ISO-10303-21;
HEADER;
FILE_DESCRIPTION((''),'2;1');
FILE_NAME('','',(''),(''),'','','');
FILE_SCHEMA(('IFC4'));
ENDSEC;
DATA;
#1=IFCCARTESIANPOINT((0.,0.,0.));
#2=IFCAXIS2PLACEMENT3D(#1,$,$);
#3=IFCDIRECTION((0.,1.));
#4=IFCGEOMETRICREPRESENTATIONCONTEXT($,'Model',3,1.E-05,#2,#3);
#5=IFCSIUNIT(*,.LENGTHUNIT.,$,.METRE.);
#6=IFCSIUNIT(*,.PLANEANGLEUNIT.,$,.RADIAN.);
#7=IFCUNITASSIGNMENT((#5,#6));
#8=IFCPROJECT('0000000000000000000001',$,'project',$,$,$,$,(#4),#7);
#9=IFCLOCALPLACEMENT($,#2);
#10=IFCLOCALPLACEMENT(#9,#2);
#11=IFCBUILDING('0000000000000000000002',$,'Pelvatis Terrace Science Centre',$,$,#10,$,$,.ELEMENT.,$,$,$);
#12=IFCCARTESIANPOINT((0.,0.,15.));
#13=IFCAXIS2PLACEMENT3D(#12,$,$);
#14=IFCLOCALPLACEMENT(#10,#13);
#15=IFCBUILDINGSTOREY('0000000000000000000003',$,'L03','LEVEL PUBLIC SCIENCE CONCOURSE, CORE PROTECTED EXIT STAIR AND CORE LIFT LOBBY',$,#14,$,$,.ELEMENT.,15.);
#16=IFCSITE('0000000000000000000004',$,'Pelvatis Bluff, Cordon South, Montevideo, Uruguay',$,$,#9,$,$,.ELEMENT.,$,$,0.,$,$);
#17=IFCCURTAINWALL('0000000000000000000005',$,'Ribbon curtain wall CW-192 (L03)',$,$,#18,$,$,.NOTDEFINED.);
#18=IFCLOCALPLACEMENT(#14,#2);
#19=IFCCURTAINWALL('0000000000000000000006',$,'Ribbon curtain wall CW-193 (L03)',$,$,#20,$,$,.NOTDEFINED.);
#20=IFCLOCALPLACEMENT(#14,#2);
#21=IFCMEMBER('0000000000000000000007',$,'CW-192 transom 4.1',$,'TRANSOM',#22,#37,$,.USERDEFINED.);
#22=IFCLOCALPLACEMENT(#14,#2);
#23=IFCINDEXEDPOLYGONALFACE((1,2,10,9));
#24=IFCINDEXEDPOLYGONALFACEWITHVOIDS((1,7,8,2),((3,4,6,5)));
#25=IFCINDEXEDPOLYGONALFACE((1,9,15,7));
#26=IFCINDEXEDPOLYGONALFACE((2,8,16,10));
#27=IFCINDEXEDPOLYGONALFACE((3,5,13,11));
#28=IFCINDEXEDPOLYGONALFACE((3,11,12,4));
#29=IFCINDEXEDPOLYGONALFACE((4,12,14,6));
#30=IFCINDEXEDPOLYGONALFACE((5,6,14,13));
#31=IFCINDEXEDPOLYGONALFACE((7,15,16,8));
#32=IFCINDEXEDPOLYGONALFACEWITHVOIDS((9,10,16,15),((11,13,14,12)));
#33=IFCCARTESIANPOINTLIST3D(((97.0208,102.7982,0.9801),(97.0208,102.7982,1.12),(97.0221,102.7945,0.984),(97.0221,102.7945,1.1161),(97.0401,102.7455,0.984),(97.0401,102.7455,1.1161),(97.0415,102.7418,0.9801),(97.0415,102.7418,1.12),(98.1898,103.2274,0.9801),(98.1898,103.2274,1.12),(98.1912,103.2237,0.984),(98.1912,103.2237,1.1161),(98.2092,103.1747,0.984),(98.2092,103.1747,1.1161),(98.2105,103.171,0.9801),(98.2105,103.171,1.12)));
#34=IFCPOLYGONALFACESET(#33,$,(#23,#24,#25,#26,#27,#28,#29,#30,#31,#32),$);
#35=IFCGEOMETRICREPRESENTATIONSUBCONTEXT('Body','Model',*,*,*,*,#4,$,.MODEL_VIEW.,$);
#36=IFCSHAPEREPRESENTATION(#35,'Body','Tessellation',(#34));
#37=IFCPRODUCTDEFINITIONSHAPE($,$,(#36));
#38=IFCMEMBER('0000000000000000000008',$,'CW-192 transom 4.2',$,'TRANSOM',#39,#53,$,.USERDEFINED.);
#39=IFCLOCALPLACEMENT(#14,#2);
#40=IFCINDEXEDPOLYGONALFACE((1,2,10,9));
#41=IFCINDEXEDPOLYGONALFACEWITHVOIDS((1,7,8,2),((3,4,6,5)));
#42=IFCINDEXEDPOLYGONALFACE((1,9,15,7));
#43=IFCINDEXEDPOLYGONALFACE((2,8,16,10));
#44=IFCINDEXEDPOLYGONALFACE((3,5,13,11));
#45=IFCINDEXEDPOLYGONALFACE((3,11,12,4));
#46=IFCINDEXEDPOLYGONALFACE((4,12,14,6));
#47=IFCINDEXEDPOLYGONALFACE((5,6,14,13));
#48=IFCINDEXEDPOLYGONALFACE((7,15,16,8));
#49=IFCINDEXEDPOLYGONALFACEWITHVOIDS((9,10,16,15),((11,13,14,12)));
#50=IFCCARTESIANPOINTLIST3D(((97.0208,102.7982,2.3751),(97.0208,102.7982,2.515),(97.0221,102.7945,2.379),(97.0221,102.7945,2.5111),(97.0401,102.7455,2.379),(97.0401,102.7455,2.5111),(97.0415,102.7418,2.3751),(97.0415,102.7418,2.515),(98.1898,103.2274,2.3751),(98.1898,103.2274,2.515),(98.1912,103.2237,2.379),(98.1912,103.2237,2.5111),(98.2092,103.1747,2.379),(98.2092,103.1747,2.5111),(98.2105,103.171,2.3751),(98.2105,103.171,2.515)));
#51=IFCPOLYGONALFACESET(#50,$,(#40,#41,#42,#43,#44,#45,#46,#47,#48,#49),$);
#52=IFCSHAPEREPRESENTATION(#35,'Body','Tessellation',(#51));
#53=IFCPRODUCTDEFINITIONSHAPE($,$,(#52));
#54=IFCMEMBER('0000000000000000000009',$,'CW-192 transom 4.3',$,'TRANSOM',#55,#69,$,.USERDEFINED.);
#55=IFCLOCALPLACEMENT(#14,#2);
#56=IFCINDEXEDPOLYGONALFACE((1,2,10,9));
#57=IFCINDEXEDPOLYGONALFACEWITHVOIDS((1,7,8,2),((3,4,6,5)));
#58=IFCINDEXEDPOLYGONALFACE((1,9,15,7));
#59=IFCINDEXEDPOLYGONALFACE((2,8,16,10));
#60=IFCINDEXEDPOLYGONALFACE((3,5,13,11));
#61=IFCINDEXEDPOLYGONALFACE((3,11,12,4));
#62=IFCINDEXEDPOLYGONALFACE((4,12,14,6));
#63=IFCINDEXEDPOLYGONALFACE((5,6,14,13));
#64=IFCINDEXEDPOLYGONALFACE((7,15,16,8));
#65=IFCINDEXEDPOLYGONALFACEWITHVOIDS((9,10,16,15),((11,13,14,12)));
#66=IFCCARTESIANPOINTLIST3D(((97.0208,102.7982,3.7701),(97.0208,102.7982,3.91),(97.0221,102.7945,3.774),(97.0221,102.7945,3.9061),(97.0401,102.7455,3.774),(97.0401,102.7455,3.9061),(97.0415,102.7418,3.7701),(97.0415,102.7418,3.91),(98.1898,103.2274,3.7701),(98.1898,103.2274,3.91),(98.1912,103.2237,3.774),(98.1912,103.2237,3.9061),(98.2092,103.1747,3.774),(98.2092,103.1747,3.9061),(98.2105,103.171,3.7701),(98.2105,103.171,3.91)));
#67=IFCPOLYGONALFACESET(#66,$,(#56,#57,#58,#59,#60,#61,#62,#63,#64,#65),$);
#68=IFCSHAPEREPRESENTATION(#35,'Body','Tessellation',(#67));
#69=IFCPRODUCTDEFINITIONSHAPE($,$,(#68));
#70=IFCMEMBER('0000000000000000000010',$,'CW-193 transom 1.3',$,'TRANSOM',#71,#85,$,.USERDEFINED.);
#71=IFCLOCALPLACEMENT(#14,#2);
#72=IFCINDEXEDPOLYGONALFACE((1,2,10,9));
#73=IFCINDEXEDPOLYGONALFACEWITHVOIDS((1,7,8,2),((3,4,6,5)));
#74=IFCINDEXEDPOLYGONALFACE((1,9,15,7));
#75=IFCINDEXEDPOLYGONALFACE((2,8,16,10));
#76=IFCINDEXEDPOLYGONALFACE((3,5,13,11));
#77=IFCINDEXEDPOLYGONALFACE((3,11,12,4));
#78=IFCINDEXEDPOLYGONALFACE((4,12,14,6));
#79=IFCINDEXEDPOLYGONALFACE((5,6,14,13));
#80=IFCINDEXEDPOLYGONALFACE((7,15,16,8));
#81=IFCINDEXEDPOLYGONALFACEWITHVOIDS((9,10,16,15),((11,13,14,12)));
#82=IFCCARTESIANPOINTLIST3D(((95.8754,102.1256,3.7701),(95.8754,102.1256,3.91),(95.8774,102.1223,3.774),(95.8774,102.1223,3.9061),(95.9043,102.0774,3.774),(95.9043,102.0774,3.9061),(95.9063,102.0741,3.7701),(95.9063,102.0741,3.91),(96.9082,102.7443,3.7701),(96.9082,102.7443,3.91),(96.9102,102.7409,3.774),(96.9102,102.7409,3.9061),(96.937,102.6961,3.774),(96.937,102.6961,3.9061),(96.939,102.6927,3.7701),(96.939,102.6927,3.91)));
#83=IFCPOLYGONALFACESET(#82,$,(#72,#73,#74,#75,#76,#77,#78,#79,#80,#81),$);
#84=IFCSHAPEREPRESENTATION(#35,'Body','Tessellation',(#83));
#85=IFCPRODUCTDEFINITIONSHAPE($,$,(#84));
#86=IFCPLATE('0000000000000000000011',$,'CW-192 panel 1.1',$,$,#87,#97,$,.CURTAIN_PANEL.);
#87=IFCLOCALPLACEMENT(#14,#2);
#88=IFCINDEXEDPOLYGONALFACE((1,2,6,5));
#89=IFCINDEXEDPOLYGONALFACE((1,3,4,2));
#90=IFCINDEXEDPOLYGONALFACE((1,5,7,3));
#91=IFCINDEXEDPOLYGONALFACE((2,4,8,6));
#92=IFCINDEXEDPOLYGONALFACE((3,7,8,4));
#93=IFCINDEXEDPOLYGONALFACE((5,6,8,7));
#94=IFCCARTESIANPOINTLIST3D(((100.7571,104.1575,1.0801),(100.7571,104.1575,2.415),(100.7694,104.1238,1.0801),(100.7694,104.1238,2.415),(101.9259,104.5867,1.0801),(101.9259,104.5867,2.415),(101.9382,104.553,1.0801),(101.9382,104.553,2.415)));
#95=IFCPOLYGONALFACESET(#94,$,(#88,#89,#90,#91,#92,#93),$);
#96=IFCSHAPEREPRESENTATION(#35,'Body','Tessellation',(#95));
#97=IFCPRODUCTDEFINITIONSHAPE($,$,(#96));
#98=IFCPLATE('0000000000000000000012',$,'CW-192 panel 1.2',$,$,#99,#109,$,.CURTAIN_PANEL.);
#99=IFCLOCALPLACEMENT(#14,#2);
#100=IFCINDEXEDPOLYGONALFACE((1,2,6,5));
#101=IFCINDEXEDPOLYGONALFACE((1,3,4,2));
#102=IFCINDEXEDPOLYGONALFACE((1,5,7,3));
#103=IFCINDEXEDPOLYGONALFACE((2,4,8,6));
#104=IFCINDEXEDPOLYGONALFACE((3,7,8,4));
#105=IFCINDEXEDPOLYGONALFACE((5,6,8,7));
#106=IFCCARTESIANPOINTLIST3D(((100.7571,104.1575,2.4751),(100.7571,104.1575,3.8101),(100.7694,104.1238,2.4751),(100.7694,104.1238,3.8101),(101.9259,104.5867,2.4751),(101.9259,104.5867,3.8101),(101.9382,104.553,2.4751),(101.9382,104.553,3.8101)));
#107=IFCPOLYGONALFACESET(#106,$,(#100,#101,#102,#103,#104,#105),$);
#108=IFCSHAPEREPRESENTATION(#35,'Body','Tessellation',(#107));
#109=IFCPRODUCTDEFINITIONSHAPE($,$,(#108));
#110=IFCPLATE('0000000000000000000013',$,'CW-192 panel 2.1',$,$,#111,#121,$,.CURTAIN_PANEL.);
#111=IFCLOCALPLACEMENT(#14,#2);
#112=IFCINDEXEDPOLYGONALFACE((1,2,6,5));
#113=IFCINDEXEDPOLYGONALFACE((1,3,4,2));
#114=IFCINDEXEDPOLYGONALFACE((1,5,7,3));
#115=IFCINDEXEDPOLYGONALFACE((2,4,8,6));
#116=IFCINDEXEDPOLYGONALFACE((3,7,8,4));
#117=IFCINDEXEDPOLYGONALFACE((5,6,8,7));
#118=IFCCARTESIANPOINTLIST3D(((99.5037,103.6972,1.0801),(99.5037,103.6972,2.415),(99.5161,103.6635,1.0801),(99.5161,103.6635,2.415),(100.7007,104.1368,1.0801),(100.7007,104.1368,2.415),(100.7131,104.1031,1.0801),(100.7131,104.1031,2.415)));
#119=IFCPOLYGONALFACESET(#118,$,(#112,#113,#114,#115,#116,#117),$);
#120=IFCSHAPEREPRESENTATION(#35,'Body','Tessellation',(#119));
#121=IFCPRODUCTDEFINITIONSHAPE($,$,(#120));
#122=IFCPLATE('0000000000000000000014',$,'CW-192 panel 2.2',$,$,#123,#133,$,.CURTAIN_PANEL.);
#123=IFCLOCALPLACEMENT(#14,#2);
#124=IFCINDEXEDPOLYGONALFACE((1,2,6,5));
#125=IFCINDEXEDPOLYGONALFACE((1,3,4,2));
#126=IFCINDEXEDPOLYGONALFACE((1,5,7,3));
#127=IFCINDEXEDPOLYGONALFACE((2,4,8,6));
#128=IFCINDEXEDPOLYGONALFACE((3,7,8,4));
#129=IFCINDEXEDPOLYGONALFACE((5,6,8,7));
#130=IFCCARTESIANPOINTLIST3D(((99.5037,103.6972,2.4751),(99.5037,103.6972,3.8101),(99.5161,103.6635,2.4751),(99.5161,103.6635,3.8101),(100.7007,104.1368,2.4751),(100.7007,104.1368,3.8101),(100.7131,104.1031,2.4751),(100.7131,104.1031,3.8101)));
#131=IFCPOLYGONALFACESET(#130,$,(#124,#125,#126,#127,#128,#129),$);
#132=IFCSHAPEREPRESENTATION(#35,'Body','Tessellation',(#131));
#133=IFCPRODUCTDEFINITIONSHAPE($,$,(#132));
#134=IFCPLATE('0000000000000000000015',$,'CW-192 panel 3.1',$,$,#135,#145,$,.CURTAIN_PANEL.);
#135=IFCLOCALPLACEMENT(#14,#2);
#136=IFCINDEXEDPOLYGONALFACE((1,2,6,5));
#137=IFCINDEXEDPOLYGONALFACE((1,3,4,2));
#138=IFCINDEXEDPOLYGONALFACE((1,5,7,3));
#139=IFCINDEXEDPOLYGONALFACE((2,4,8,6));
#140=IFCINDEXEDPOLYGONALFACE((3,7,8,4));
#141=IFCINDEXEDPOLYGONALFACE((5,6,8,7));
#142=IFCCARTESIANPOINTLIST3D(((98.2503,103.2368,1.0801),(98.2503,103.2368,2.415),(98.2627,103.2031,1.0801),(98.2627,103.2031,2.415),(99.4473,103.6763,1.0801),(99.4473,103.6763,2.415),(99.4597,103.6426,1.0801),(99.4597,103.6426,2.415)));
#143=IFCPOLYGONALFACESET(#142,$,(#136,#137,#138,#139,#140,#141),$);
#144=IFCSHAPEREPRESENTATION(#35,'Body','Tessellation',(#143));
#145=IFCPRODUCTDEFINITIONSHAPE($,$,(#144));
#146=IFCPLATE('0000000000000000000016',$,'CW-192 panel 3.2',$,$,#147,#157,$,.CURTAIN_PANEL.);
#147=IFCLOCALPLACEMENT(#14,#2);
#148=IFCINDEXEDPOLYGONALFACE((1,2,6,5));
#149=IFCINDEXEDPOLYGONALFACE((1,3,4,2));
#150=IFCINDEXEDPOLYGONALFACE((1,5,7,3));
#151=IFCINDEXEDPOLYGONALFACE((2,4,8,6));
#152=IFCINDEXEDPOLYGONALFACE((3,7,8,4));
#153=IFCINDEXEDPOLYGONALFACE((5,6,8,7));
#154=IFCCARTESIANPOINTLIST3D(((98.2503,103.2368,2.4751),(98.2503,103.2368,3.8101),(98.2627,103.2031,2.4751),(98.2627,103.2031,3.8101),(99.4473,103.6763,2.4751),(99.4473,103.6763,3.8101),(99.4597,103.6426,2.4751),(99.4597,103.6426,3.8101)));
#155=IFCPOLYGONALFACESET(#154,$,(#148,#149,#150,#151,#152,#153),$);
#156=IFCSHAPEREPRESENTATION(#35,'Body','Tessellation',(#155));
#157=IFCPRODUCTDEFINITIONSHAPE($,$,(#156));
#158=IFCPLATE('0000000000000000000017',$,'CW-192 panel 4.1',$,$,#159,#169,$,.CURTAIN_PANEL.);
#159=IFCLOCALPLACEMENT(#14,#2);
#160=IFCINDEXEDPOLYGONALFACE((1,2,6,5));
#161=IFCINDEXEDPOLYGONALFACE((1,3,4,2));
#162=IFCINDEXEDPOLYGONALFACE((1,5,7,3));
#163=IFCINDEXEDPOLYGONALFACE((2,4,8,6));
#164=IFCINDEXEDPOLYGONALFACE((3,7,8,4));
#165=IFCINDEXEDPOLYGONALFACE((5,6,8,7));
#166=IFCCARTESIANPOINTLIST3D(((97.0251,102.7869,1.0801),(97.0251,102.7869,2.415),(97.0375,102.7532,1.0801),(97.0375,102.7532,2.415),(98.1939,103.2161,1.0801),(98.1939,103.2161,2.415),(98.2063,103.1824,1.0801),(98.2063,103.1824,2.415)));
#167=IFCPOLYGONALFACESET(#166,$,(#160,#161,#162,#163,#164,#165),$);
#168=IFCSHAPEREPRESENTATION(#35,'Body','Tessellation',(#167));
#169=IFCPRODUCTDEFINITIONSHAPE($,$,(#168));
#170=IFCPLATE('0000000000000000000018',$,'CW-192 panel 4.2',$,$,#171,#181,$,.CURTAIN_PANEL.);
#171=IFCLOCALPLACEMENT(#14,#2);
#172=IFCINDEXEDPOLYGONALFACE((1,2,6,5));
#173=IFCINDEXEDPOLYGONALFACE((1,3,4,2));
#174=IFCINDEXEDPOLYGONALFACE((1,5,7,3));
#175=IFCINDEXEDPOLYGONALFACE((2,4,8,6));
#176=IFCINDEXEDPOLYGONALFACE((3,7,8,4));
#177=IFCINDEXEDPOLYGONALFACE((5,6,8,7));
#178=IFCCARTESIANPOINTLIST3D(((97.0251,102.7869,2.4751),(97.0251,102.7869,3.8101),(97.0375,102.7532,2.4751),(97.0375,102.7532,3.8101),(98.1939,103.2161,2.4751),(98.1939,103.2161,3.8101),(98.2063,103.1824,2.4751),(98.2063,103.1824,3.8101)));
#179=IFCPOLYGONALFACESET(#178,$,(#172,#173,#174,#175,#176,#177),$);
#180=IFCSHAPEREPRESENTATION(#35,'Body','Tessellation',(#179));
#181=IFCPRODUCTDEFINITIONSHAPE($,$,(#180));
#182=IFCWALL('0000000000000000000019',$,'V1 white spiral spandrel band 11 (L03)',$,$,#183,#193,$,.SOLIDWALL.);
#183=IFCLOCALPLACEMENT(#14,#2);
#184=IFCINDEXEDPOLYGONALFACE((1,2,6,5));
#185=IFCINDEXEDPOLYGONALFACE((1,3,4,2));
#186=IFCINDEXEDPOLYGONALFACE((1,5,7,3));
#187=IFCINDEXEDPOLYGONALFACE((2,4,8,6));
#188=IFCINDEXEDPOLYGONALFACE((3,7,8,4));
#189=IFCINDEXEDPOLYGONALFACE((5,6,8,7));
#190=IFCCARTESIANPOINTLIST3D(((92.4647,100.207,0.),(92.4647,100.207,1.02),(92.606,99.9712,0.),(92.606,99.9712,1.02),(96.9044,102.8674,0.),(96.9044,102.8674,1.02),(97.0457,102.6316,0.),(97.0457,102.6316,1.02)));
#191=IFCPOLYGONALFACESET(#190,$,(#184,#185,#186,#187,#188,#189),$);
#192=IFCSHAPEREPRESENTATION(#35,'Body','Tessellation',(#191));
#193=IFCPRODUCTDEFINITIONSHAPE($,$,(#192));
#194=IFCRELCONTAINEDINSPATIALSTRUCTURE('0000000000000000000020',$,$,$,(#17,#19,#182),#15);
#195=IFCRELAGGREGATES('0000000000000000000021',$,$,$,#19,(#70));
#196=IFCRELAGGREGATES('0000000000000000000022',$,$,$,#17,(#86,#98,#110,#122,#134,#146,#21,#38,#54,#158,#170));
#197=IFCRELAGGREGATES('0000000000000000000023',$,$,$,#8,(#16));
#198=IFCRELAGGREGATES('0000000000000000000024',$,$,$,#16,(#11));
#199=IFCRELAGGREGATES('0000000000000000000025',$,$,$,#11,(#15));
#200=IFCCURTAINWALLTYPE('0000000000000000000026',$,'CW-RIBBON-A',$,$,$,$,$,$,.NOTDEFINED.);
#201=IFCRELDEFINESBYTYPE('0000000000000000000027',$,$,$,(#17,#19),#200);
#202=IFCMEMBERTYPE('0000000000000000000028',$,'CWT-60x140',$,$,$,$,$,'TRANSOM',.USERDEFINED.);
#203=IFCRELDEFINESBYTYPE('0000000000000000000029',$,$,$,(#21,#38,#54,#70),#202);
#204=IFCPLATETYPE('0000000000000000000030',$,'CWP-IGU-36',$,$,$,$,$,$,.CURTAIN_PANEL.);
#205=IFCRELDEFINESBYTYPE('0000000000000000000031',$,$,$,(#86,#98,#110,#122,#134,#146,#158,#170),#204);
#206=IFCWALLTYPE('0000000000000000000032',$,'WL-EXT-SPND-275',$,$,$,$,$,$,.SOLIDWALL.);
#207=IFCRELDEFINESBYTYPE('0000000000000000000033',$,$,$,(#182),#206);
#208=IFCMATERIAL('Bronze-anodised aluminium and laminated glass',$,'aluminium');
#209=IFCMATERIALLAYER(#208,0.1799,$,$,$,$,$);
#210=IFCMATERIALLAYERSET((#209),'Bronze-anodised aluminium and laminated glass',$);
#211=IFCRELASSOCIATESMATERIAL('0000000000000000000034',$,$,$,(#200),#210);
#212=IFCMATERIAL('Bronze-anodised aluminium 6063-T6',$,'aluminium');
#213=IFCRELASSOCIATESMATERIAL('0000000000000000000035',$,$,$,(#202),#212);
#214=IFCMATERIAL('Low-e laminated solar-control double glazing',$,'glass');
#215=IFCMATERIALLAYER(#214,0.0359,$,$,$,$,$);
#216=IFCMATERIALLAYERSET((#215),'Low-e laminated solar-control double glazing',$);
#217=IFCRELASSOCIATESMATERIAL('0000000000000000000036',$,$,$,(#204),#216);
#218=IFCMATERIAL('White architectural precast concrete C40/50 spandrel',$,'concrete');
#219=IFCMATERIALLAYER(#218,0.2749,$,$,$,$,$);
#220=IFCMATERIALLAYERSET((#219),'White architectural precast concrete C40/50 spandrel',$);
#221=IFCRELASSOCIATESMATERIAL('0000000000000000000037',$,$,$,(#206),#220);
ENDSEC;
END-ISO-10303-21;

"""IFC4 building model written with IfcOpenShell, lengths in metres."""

from ifc_helpers import new_model, si_unit, direction, frame, frame_2d, origin, origin_2d, place, context, subcontext, project, spatial, rectangle, hollow_rectangle, extrude, material, layer, layer_set, material_profile, profile_set, type_object, element, aggregate, save


model = new_model("IFC4")

# Units and contexts
model_context = context("Model", 3, precision=1e-05, world=origin(), true_north=direction((0.0, 1.0)))
body_context = subcontext(model_context, "Body", "Model", "MODEL_VIEW")
ifc_project = project(units=[si_unit("LENGTHUNIT", "METRE"), si_unit("PLANEANGLEUNIT", "RADIAN")], contexts=[model_context])

# Site, building, storey
site_placement = place(None, origin())
site = spatial("IfcSite", under=ifc_project, at=site_placement, Name="Pelvatis Bluff, Cordon South, Montevideo, Uruguay", CompositionType="ELEMENT", RefElevation=0.0)
building_placement = place(site_placement, origin())
building = spatial("IfcBuilding", under=site, at=building_placement, Name="Pelvatis Terrace Science Centre", CompositionType="ELEMENT")
storey_placement = place(building_placement, frame((0.0, 0.0, 15.0)))
storey = spatial("IfcBuildingStorey", under=building, at=storey_placement, Name="L03", Description="LEVEL PUBLIC SCIENCE CONCOURSE, CORE PROTECTED EXIT STAIR AND CORE LIFT LOBBY", CompositionType="ELEMENT", Elevation=15.0)

# Curtain wall
ifc_material_1 = material(Name="Bronze-anodised aluminium and laminated glass", Category="aluminium")
ifc_layer_1 = layer(ifc_material_1, 0.1799)
ifc_layer_set_1 = layer_set([ifc_layer_1], Name="Bronze-anodised aluminium and laminated glass")
curtain_wall_type = type_object("IfcCurtainWallType", Name="CW-RIBBON-A", PredefinedType="NOTDEFINED", material=ifc_layer_set_1)
curtain_wall_1_placement = place(storey_placement, origin())
curtain_wall_1 = element("IfcCurtainWall", 1, at=curtain_wall_1_placement, inside=storey, type_object=curtain_wall_type, Name="Ribbon curtain wall CW-192 (L03)", PredefinedType="NOTDEFINED")

# Curtain wall
curtain_wall_2_placement = place(storey_placement, origin())
curtain_wall_2 = element("IfcCurtainWall", 2, at=curtain_wall_2_placement, inside=storey, type_object=curtain_wall_type, Name="Ribbon curtain wall CW-193 (L03)", PredefinedType="NOTDEFINED")

# Members
ifc_material_2 = material(Name="Bronze-anodised aluminium 6063-T6", Category="aluminium")
ifc_material_profile_1 = material_profile(ifc_material_2, hollow_rectangle(XDim=0.0601, YDim=0.1399, WallThickness=0.0039, at=origin_2d()), Name="ALU-TRN 60x140")
ifc_profile_set_1 = profile_set([ifc_material_profile_1], Name="Bronze-anodised aluminium 6063-T6")
member_type_1 = type_object("IfcMemberType", Name="CWT-60x140", ElementType="TRANSOM", PredefinedType="USERDEFINED", material=ifc_profile_set_1)
member_1_placement = place(storey_placement, frame((98.2002, 103.1992, 1.05), z_axis=(-0.938724, -0.344669, 0.0), x_axis=(0.344669, -0.938724, 0.0)))
member_1 = element("IfcMember", 3, at=member_1_placement, type_object=member_type_1, Name="CW-192 transom 4.1", ObjectType="TRANSOM", PredefinedType="USERDEFINED", context=body_context, shape_type="SweptSolid", body=[
    extrude(hollow_rectangle(XDim=0.0601, YDim=0.1399, WallThickness=0.0039, at=origin_2d()), origin(), (0.0, 0.0, 1.0), 1.2454),
])
member_2_placement = place(storey_placement, frame((98.2002, 103.1992, 2.4451), z_axis=(-0.938724, -0.344669, 0.0), x_axis=(0.344669, -0.938724, 0.0)))
member_2 = element("IfcMember", 4, at=member_2_placement, type_object=member_type_1, Name="CW-192 transom 4.2", ObjectType="TRANSOM", PredefinedType="USERDEFINED", context=body_context, shape_type="SweptSolid", body=[
    extrude(hollow_rectangle(XDim=0.0601, YDim=0.1399, WallThickness=0.0039, at=origin_2d()), origin(), (0.0, 0.0, 1.0), 1.2454),
])
member_3_placement = place(storey_placement, frame((98.2002, 103.1992, 3.8401), z_axis=(-0.938724, -0.344669, 0.0), x_axis=(0.344669, -0.938724, 0.0)))
member_3 = element("IfcMember", 5, at=member_3_placement, type_object=member_type_1, Name="CW-192 transom 4.3", ObjectType="TRANSOM", PredefinedType="USERDEFINED", context=body_context, shape_type="SweptSolid", body=[
    extrude(hollow_rectangle(XDim=0.0601, YDim=0.1399, WallThickness=0.0039, at=origin_2d()), origin(), (0.0, 0.0, 1.0), 1.2454),
])
member_4_placement = place(storey_placement, frame((96.9236, 102.7185, 3.8401), z_axis=(-0.857851, -0.513899, 0.0), x_axis=(0.513899, -0.857851, 0.0)))
member_4 = element("IfcMember", 6, at=member_4_placement, type_object=member_type_1, Name="CW-193 transom 1.3", ObjectType="TRANSOM", PredefinedType="USERDEFINED", context=body_context, shape_type="SweptSolid", body=[
    extrude(hollow_rectangle(XDim=0.0601, YDim=0.1399, WallThickness=0.0039, at=origin_2d()), origin(), (0.0, 0.0, 1.0), 1.2039),
])
aggregate(curtain_wall_2, [member_4])

# Plates
ifc_material_3 = material(Name="Low-e laminated solar-control double glazing", Category="glass")
ifc_layer_2 = layer(ifc_material_3, 0.0359)
ifc_layer_set_2 = layer_set([ifc_layer_2], Name="Low-e laminated solar-control double glazing")
plate_type = type_object("IfcPlateType", Name="CWP-IGU-36", PredefinedType="CURTAIN_PANEL", material=ifc_layer_set_2)
plate_1_placement = place(storey_placement, frame((101.3477, 104.3552, 1.0801), z_axis=(0.0, 0.0, 1.0), x_axis=(-0.938707, -0.344715, 0.0)))
plate_1 = element("IfcPlate", 7, at=plate_1_placement, type_object=plate_type, Name="CW-192 panel 1.1", PredefinedType="CURTAIN_PANEL", context=body_context, shape_type="SweptSolid", body=[
    extrude(rectangle(XDim=1.2451, YDim=0.0359, at=origin_2d()), origin(), (0.0, 0.0, 1.0), 1.335),
])
plate_2_placement = place(storey_placement, frame((101.3477, 104.3552, 2.4751), z_axis=(0.0, 0.0, 1.0), x_axis=(-0.938707, -0.344715, 0.0)))
plate_2 = element("IfcPlate", 8, at=plate_2_placement, type_object=plate_type, Name="CW-192 panel 1.2", PredefinedType="CURTAIN_PANEL", context=body_context, shape_type="SweptSolid", body=[
    extrude(rectangle(XDim=1.2451, YDim=0.0359, at=origin_2d()), origin(), (0.0, 0.0, 1.0), 1.335),
])
plate_3_placement = place(storey_placement, frame((100.1084, 103.9001, 1.0801), z_axis=(0.0, 0.0, 1.0), x_axis=(-0.938707, -0.344715, 0.0)))
plate_3 = element("IfcPlate", 9, at=plate_3_placement, type_object=plate_type, Name="CW-192 panel 2.1", PredefinedType="CURTAIN_PANEL", context=body_context, shape_type="SweptSolid", body=[
    extrude(rectangle(XDim=1.2751, YDim=0.0359, at=origin_2d()), origin(), (0.0, 0.0, 1.0), 1.335),
])
plate_4_placement = place(storey_placement, frame((100.1084, 103.9001, 2.4751), z_axis=(0.0, 0.0, 1.0), x_axis=(-0.938707, -0.344715, 0.0)))
plate_4 = element("IfcPlate", 10, at=plate_4_placement, type_object=plate_type, Name="CW-192 panel 2.2", PredefinedType="CURTAIN_PANEL", context=body_context, shape_type="SweptSolid", body=[
    extrude(rectangle(XDim=1.2751, YDim=0.0359, at=origin_2d()), origin(), (0.0, 0.0, 1.0), 1.335),
])
plate_5_placement = place(storey_placement, frame((98.855, 103.4397, 1.0801), z_axis=(0.0, 0.0, 1.0), x_axis=(-0.938707, -0.344715, 0.0)))
plate_5 = element("IfcPlate", 11, at=plate_5_placement, type_object=plate_type, Name="CW-192 panel 3.1", PredefinedType="CURTAIN_PANEL", context=body_context, shape_type="SweptSolid", body=[
    extrude(rectangle(XDim=1.2751, YDim=0.0359, at=origin_2d()), origin(), (0.0, 0.0, 1.0), 1.335),
])
plate_6_placement = place(storey_placement, frame((98.855, 103.4397, 2.4751), z_axis=(0.0, 0.0, 1.0), x_axis=(-0.938707, -0.344715, 0.0)))
plate_6 = element("IfcPlate", 12, at=plate_6_placement, type_object=plate_type, Name="CW-192 panel 3.2", PredefinedType="CURTAIN_PANEL", context=body_context, shape_type="SweptSolid", body=[
    extrude(rectangle(XDim=1.2751, YDim=0.0359, at=origin_2d()), origin(), (0.0, 0.0, 1.0), 1.335),
])
plate_7_placement = place(storey_placement, frame((97.6157, 102.9846, 1.0801), z_axis=(0.0, 0.0, 1.0), x_axis=(-0.938707, -0.344715, 0.0)))
plate_7 = element("IfcPlate", 13, at=plate_7_placement, type_object=plate_type, Name="CW-192 panel 4.1", PredefinedType="CURTAIN_PANEL", context=body_context, shape_type="SweptSolid", body=[
    extrude(rectangle(XDim=1.2451, YDim=0.0359, at=origin_2d()), origin(), (0.0, 0.0, 1.0), 1.335),
])
plate_8_placement = place(storey_placement, frame((97.6157, 102.9846, 2.4751), z_axis=(0.0, 0.0, 1.0), x_axis=(-0.938707, -0.344715, 0.0)))
plate_8 = element("IfcPlate", 14, at=plate_8_placement, type_object=plate_type, Name="CW-192 panel 4.2", PredefinedType="CURTAIN_PANEL", context=body_context, shape_type="SweptSolid", body=[
    extrude(rectangle(XDim=1.2451, YDim=0.0359, at=origin_2d()), origin(), (0.0, 0.0, 1.0), 1.335),
])
aggregate(curtain_wall_1, [plate_1, plate_2, plate_3, plate_4, plate_5, plate_6, member_1, member_2, member_3, plate_7, plate_8])

# Wall
ifc_material_4 = material(Name="White architectural precast concrete C40/50 spandrel", Category="concrete")
ifc_layer_3 = layer(ifc_material_4, 0.2749)
ifc_layer_set_3 = layer_set([ifc_layer_3], Name="White architectural precast concrete C40/50 spandrel")
wall_type_1 = type_object("IfcWallType", Name="WL-EXT-SPND-275", PredefinedType="SOLIDWALL", material=ifc_layer_set_3)
wall_1_placement = place(storey_placement, frame((96.9751, 102.7495, 0.0), z_axis=(0.0, 0.0, 1.0), x_axis=(-0.857784, -0.51401, 0.0)))
element("IfcWall", 15, at=wall_1_placement, inside=storey, type_object=wall_type_1, Name="V1 white spiral spandrel band 11 (L03)", PredefinedType="SOLIDWALL", context=body_context, shape_type="SweptSolid", body=[
    extrude(rectangle(XDim=5.1758, YDim=0.2749, at=frame_2d((2.5879, 0.0))), origin(), (0.0, 0.0, 1.0), 1.02),
])

save(model, "model.ifc")
